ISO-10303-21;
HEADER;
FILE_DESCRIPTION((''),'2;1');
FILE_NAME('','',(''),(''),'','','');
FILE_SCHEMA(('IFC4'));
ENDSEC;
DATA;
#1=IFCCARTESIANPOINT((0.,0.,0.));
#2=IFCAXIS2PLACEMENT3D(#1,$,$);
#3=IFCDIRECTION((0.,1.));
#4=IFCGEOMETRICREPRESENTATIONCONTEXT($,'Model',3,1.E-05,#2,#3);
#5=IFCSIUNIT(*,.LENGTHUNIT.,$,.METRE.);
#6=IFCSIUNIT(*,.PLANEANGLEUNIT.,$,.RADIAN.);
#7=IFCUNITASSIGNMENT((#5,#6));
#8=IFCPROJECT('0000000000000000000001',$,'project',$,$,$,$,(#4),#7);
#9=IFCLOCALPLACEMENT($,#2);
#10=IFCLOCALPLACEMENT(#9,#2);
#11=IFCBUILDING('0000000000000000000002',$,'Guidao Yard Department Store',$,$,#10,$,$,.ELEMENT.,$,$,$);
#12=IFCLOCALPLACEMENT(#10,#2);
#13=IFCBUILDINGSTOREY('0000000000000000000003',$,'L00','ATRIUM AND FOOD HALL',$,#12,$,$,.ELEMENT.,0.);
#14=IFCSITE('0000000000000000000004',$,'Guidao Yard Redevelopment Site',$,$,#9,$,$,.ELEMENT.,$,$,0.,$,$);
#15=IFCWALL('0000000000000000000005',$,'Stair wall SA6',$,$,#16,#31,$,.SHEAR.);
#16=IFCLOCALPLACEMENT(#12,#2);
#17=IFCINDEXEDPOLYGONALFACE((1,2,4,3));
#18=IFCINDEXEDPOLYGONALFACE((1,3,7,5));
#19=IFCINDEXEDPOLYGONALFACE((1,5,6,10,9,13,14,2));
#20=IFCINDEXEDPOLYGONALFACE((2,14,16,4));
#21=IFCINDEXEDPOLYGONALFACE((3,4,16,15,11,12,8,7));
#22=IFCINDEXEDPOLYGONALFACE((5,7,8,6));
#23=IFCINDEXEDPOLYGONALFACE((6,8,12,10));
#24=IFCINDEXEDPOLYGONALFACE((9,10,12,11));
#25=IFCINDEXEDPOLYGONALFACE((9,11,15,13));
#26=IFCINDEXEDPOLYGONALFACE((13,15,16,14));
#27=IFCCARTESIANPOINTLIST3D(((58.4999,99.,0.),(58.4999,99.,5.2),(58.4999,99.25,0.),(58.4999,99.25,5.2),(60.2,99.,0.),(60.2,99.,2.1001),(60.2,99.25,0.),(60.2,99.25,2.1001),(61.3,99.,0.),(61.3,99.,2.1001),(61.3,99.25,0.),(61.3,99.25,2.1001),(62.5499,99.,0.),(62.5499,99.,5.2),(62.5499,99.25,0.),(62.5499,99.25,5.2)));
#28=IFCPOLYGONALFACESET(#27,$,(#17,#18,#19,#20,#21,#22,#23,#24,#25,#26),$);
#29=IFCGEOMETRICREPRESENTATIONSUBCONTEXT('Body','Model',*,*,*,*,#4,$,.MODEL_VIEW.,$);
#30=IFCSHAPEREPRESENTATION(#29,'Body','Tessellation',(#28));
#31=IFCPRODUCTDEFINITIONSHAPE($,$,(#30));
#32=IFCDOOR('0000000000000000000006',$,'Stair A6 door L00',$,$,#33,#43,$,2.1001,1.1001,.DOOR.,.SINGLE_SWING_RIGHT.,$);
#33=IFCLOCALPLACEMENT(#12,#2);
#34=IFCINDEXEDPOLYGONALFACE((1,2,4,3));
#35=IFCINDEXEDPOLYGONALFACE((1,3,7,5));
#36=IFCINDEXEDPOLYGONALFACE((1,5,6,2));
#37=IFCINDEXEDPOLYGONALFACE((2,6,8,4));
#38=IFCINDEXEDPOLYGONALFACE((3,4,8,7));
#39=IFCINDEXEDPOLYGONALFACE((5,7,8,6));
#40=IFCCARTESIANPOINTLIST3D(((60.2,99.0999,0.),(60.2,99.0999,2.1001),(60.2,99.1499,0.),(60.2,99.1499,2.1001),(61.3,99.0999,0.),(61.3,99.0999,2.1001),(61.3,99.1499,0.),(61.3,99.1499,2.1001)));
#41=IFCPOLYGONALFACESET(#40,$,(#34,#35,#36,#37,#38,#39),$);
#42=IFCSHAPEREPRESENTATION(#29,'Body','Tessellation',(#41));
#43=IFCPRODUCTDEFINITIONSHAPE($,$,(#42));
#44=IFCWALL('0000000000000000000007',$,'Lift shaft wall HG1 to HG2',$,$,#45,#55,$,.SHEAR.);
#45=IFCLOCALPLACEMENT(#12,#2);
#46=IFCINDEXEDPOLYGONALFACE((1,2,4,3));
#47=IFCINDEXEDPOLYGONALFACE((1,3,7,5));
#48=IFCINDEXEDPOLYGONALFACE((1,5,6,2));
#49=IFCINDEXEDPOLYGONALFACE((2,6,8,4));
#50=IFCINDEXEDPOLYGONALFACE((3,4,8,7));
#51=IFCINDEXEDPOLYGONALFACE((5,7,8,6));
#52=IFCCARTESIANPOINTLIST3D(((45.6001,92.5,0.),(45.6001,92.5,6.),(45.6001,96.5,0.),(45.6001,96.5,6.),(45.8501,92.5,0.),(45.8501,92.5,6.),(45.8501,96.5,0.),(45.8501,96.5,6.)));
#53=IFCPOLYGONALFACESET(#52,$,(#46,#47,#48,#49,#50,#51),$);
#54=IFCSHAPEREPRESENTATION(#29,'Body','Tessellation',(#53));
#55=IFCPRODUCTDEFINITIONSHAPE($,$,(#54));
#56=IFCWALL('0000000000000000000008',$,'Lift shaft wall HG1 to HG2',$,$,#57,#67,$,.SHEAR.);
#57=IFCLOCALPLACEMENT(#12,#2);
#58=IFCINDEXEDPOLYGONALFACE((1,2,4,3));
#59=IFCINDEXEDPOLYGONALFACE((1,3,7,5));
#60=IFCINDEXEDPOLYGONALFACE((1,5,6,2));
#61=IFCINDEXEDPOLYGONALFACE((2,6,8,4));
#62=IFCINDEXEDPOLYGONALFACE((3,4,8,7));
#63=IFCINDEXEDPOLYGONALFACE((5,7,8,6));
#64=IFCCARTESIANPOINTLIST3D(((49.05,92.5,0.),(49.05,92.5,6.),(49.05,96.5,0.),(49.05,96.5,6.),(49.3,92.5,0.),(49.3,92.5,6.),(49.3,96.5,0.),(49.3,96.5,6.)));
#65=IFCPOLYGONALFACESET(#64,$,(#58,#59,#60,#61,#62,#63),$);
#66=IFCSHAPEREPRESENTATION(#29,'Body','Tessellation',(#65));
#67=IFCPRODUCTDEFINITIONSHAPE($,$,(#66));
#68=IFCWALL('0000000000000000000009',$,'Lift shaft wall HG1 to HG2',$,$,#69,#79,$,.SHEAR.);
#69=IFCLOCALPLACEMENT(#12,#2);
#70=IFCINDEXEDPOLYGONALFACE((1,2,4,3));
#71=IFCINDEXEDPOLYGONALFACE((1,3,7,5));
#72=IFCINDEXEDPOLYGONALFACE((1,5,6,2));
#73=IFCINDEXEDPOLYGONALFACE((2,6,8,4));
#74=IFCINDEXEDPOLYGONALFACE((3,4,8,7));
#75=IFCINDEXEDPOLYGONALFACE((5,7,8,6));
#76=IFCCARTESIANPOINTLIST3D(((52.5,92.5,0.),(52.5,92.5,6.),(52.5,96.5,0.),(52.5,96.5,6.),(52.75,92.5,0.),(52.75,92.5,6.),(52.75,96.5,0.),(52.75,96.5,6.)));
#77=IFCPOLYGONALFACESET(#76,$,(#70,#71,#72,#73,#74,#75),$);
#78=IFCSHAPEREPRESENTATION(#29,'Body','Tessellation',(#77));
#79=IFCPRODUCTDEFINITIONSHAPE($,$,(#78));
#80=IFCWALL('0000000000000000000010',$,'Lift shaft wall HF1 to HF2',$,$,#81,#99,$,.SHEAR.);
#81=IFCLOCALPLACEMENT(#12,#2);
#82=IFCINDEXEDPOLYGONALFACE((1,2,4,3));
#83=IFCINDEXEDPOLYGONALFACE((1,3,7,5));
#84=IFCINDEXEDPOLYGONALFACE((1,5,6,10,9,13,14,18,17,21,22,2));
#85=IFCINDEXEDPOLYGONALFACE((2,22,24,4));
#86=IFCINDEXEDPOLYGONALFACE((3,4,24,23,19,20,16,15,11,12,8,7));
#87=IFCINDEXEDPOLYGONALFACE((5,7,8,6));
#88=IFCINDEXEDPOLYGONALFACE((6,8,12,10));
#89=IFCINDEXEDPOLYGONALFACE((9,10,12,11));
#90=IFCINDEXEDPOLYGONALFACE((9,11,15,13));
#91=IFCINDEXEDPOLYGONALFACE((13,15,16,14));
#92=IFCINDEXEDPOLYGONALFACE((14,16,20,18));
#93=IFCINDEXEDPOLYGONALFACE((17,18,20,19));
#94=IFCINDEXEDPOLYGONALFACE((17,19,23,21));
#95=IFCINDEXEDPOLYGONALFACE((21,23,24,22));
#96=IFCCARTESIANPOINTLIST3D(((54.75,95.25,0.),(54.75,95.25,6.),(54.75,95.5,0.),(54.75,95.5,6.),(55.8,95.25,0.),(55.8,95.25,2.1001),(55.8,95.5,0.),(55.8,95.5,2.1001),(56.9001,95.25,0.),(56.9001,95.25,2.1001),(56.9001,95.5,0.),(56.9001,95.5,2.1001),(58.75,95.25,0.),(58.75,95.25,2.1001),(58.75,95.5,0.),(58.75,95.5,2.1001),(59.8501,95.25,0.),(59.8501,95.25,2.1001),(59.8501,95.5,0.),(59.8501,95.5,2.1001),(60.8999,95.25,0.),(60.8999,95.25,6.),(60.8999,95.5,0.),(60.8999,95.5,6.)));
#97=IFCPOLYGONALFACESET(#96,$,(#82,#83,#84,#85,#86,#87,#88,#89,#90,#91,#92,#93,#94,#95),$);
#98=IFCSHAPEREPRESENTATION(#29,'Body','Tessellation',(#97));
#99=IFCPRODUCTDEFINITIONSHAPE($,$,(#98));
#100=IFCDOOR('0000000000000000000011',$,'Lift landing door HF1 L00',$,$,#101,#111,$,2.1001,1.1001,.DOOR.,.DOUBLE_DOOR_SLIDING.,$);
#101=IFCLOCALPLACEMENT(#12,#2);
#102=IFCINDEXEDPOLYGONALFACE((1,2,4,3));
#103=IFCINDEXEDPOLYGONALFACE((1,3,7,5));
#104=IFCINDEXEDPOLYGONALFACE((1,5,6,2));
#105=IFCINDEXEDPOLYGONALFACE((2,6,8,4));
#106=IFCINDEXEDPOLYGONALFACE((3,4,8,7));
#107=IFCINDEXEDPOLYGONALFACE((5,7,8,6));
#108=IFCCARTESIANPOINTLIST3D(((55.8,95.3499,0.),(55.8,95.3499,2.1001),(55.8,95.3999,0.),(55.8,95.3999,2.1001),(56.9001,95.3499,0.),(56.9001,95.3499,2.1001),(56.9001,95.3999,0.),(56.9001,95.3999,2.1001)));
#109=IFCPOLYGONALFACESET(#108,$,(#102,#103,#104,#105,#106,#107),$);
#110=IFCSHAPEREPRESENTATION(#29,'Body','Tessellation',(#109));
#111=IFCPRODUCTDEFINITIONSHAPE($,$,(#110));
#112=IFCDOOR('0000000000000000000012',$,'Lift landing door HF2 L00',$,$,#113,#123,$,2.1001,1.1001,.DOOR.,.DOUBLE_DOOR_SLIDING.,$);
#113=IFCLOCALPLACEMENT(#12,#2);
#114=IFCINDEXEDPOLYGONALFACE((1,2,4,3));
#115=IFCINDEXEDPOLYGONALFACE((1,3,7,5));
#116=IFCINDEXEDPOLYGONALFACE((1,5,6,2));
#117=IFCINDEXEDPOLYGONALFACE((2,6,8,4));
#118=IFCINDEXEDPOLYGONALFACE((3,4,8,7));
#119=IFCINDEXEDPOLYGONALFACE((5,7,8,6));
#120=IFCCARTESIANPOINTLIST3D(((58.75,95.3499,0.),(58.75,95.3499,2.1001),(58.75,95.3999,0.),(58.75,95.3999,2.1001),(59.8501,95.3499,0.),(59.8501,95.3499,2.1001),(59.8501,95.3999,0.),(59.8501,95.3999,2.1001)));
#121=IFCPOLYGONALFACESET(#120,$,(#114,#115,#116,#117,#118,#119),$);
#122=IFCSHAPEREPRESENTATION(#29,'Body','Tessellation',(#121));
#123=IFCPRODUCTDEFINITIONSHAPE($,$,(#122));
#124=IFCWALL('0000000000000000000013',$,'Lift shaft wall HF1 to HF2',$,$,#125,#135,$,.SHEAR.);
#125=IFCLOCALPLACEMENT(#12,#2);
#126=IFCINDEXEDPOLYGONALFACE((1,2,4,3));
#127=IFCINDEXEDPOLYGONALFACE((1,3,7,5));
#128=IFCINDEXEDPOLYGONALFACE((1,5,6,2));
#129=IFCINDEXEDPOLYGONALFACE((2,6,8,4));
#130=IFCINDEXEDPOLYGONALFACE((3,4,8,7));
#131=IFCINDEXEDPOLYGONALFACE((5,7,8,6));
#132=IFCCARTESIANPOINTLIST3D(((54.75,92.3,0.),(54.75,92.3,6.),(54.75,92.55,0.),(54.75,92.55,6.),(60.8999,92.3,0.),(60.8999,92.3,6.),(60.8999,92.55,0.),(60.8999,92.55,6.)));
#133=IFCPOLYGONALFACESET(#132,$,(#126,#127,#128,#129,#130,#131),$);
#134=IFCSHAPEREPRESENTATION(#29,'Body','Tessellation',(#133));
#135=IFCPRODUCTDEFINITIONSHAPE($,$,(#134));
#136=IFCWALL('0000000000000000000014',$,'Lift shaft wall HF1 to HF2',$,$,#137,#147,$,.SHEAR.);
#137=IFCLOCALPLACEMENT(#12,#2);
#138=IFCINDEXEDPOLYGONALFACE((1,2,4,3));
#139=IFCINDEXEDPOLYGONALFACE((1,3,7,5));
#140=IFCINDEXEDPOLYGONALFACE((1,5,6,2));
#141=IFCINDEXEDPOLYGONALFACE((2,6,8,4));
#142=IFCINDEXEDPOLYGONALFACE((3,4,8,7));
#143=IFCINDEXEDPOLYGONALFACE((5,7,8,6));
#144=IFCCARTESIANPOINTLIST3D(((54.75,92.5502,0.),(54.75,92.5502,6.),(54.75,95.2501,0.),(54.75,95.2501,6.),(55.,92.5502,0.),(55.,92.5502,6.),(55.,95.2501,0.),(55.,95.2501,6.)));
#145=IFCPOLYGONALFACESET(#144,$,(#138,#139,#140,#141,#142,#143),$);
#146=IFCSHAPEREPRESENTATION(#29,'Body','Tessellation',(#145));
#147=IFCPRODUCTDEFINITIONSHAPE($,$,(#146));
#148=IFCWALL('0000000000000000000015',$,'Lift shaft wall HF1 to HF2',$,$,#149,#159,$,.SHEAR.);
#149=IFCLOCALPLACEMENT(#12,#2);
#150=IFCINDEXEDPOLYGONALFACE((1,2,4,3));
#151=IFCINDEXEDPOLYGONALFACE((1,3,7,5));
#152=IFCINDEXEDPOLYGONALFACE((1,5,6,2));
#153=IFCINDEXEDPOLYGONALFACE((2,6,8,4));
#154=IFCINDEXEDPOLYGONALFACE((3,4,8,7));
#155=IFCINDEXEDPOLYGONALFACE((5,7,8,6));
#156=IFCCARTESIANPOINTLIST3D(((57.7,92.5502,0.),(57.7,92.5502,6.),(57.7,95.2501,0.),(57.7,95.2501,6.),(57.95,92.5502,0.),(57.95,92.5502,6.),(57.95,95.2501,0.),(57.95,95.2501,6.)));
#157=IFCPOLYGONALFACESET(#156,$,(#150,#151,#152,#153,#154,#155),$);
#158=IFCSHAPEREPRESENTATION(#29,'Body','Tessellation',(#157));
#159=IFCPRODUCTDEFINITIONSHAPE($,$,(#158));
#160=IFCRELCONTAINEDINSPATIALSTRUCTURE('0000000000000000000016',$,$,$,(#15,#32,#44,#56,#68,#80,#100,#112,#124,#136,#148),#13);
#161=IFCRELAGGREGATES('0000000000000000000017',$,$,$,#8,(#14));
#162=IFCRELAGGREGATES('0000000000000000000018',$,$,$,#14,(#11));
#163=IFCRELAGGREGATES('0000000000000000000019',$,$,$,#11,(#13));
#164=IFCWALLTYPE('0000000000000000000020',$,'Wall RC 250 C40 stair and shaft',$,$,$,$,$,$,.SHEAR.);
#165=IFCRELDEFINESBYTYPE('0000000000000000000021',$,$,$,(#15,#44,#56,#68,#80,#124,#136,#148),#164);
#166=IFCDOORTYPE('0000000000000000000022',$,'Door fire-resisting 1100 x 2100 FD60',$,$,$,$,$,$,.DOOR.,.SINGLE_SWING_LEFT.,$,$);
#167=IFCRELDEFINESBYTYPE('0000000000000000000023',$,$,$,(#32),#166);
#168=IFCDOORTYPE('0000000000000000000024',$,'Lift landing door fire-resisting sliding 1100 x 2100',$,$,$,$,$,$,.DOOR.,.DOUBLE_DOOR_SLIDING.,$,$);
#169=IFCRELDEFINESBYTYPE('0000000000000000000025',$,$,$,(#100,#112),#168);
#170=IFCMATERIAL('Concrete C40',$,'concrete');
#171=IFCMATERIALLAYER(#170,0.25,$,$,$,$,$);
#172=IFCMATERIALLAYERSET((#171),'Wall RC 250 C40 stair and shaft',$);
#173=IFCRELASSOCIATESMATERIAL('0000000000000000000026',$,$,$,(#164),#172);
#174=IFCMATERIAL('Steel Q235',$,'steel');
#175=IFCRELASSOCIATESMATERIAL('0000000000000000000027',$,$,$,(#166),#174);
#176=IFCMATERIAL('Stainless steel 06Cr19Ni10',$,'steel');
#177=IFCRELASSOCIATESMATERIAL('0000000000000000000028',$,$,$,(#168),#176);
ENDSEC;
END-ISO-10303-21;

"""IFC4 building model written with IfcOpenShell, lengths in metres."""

from ifc_helpers import new_model, si_unit, direction, frame, frame_2d, origin, place, context, subcontext, project, spatial, rectangle, extrude, material, layer, layer_set, type_object, element, fill, save


model = new_model("IFC4")

# Units and contexts
model_context = context("Model", 3, precision=1e-05, world=origin(), true_north=direction((0.0, 1.0)))
body_context = subcontext(model_context, "Body", "Model", "MODEL_VIEW")
ifc_project = project(units=[si_unit("LENGTHUNIT", "METRE"), si_unit("PLANEANGLEUNIT", "RADIAN")], contexts=[model_context])

# Site, building, storey
site_placement = place(None, origin())
site = spatial("IfcSite", under=ifc_project, at=site_placement, Name="Guidao Yard Redevelopment Site", CompositionType="ELEMENT", RefElevation=0.0)
building_placement = place(site_placement, origin())
building = spatial("IfcBuilding", under=site, at=building_placement, Name="Guidao Yard Department Store", CompositionType="ELEMENT")
storey_placement = place(building_placement, origin())
storey = spatial("IfcBuildingStorey", under=building, at=storey_placement, Name="L00", Description="ATRIUM AND FOOD HALL", CompositionType="ELEMENT", Elevation=0.0)

# Shared definitions
ifc_material_1 = material(Name="Concrete C40", Category="concrete")
ifc_layer_1 = layer(ifc_material_1, 0.25)
ifc_layer_set_1 = layer_set([ifc_layer_1], Name="Wall RC 250 C40 stair and shaft")
wall_type_1 = type_object("IfcWallType", Name="Wall RC 250 C40 stair and shaft", PredefinedType="SHEAR", material=ifc_layer_set_1)

# Wall, opening, door
wall_1_placement = place(storey_placement, frame((58.5, 99.125, 0.0), z_axis=(0.0, 0.0, 1.0), x_axis=(1.0, 0.0, 0.0)))
wall_1 = element("IfcWall", 1, at=wall_1_placement, inside=storey, type_object=wall_type_1, Name="Stair wall SA6", PredefinedType="SHEAR", context=body_context, shape_type="SweptSolid", body=[
    extrude(rectangle(XDim=4.05, YDim=0.25, at=frame_2d((2.0249, 0.0))), origin(), (0.0, 0.0, 1.0), 5.2),
])
opening_1_placement = place(wall_1_placement, frame((1.7, 0.0, 0.0)))
opening_1 = element("IfcOpeningElement", 2, at=opening_1_placement, cuts=wall_1, PredefinedType="OPENING", context=body_context, shape_type="SweptSolid", body=[
    extrude(rectangle(XDim=1.1001, YDim=2.1001, at=frame_2d((0.55, 1.05))), frame((0.0, 0.135, 0.0), z_axis=(0.0, -1.0, 0.0), x_axis=(1.0, 0.0, 0.0)), (0.0, 0.0, 1.0), 0.27),
])
ifc_material_2 = material(Name="Steel Q235", Category="steel")
door_type_1 = type_object("IfcDoorType", Name="Door fire-resisting 1100 x 2100 FD60", OperationType="SINGLE_SWING_LEFT", PredefinedType="DOOR", material=ifc_material_2)
door_1_placement = place(opening_1_placement, origin())
door_1 = element("IfcDoor", 3, at=door_1_placement, inside=storey, type_object=door_type_1, Name="Stair A6 door L00", OperationType="SINGLE_SWING_RIGHT", OverallHeight=2.1001, OverallWidth=1.1001, PredefinedType="DOOR", context=body_context, shape_type="SweptSolid", body=[
    extrude(rectangle(XDim=1.1001, YDim=2.1001, at=frame_2d((0.55, 1.05))), frame((0.0, 0.0249, 0.0), z_axis=(0.0, -1.0, 0.0), x_axis=(1.0, 0.0, 0.0)), (0.0, 0.0, 1.0), 0.05),
])
fill(opening_1, door_1)

# Walls
for number, where, z_axis, x_axis, name in (
    (4, (45.7251, 92.5, 0.0), (0.0, 0.0, 1.0), (0.0, 1.0, 0.0), "Lift shaft wall HG1 to HG2"),
    (5, (49.175, 92.5, 0.0), (0.0, 0.0, 1.0), (0.0, 1.0, 0.0), "Lift shaft wall HG1 to HG2"),
    (6, (52.625, 92.5, 0.0), (0.0, 0.0, 1.0), (0.0, 1.0, 0.0), "Lift shaft wall HG1 to HG2"),
):
    element("IfcWall", number, at=place(storey_placement, frame(where, z_axis=z_axis, x_axis=x_axis)), inside=storey, type_object=wall_type_1, Name=name, PredefinedType="SHEAR", context=body_context, shape_type="SweptSolid", body=[
        extrude(rectangle(XDim=4.0, YDim=0.25, at=frame_2d((2.0, 0.0))), origin(), (0.0, 0.0, 1.0), 6.0),
    ])

# Wall, openings, doors
wall_2_placement = place(storey_placement, frame((54.75, 95.375, 0.0), z_axis=(0.0, 0.0, 1.0), x_axis=(1.0, 0.0, 0.0)))
wall_2 = element("IfcWall", 7, at=wall_2_placement, inside=storey, type_object=wall_type_1, Name="Lift shaft wall HF1 to HF2", PredefinedType="SHEAR", context=body_context, shape_type="SweptSolid", body=[
    extrude(rectangle(XDim=6.1499, YDim=0.25, at=frame_2d((3.075, 0.0))), origin(), (0.0, 0.0, 1.0), 6.0),
])
opening_2_placement = place(wall_2_placement, frame((1.05, 0.0, 0.0)))
opening_2 = element("IfcOpeningElement", 8, at=opening_2_placement, cuts=wall_2, PredefinedType="OPENING", context=body_context, shape_type="SweptSolid", body=[
    extrude(rectangle(XDim=1.1001, YDim=2.1001, at=frame_2d((0.55, 1.05))), frame((0.0, 0.135, 0.0), z_axis=(0.0, -1.0, 0.0), x_axis=(1.0, 0.0, 0.0)), (0.0, 0.0, 1.0), 0.27),
])
opening_3_placement = place(wall_2_placement, frame((4.0, 0.0, 0.0)))
opening_3 = element("IfcOpeningElement", 9, at=opening_3_placement, cuts=wall_2, PredefinedType="OPENING", context=body_context, shape_type="SweptSolid", body=[
    extrude(rectangle(XDim=1.1001, YDim=2.1001, at=frame_2d((0.55, 1.05))), frame((0.0, 0.135, 0.0), z_axis=(0.0, -1.0, 0.0), x_axis=(1.0, 0.0, 0.0)), (0.0, 0.0, 1.0), 0.27),
])
ifc_material_3 = material(Name="Stainless steel 06Cr19Ni10", Category="steel")
door_type_2 = type_object("IfcDoorType", Name="Lift landing door fire-resisting sliding 1100 x 2100", OperationType="DOUBLE_DOOR_SLIDING", PredefinedType="DOOR", material=ifc_material_3)
door_2_placement = place(opening_2_placement, origin())
door_2 = element("IfcDoor", 10, at=door_2_placement, inside=storey, type_object=door_type_2, Name="Lift landing door HF1 L00", OperationType="DOUBLE_DOOR_SLIDING", OverallHeight=2.1001, OverallWidth=1.1001, PredefinedType="DOOR", context=body_context, shape_type="SweptSolid", body=[
    extrude(rectangle(XDim=1.1001, YDim=2.1001, at=frame_2d((0.55, 1.05))), frame((0.0, 0.0249, 0.0), z_axis=(0.0, -1.0, 0.0), x_axis=(1.0, 0.0, 0.0)), (0.0, 0.0, 1.0), 0.05),
])
fill(opening_2, door_2)
door_3_placement = place(opening_3_placement, origin())
door_3 = element("IfcDoor", 11, at=door_3_placement, inside=storey, type_object=door_type_2, Name="Lift landing door HF2 L00", OperationType="DOUBLE_DOOR_SLIDING", OverallHeight=2.1001, OverallWidth=1.1001, PredefinedType="DOOR", context=body_context, shape_type="SweptSolid", body=[
    extrude(rectangle(XDim=1.1001, YDim=2.1001, at=frame_2d((0.55, 1.05))), frame((0.0, 0.0249, 0.0), z_axis=(0.0, -1.0, 0.0), x_axis=(1.0, 0.0, 0.0)), (0.0, 0.0, 1.0), 0.05),
])
fill(opening_3, door_3)

# Walls
wall_3_placement = place(storey_placement, frame((54.75, 92.425, 0.0), z_axis=(0.0, 0.0, 1.0), x_axis=(1.0, 0.0, 0.0)))
element("IfcWall", 12, at=wall_3_placement, inside=storey, type_object=wall_type_1, Name="Lift shaft wall HF1 to HF2", PredefinedType="SHEAR", context=body_context, shape_type="SweptSolid", body=[
    extrude(rectangle(XDim=6.1499, YDim=0.25, at=frame_2d((3.075, 0.0))), origin(), (0.0, 0.0, 1.0), 6.0),
])
for number, where, z_axis, x_axis, name in (
    (13, (54.875, 92.55, 0.0), (0.0, 0.0, 1.0), (0.0, 1.0, 0.0), "Lift shaft wall HF1 to HF2"),
    (14, (57.825, 92.55, 0.0), (0.0, 0.0, 1.0), (0.0, 1.0, 0.0), "Lift shaft wall HF1 to HF2"),
):
    element("IfcWall", number, at=place(storey_placement, frame(where, z_axis=z_axis, x_axis=x_axis)), inside=storey, type_object=wall_type_1, Name=name, PredefinedType="SHEAR", context=body_context, shape_type="SweptSolid", body=[
        extrude(rectangle(XDim=2.7, YDim=0.25, at=frame_2d((1.3501, 0.0))), origin(), (0.0, 0.0, 1.0), 6.0),
    ])

save(model, "model.ifc")
